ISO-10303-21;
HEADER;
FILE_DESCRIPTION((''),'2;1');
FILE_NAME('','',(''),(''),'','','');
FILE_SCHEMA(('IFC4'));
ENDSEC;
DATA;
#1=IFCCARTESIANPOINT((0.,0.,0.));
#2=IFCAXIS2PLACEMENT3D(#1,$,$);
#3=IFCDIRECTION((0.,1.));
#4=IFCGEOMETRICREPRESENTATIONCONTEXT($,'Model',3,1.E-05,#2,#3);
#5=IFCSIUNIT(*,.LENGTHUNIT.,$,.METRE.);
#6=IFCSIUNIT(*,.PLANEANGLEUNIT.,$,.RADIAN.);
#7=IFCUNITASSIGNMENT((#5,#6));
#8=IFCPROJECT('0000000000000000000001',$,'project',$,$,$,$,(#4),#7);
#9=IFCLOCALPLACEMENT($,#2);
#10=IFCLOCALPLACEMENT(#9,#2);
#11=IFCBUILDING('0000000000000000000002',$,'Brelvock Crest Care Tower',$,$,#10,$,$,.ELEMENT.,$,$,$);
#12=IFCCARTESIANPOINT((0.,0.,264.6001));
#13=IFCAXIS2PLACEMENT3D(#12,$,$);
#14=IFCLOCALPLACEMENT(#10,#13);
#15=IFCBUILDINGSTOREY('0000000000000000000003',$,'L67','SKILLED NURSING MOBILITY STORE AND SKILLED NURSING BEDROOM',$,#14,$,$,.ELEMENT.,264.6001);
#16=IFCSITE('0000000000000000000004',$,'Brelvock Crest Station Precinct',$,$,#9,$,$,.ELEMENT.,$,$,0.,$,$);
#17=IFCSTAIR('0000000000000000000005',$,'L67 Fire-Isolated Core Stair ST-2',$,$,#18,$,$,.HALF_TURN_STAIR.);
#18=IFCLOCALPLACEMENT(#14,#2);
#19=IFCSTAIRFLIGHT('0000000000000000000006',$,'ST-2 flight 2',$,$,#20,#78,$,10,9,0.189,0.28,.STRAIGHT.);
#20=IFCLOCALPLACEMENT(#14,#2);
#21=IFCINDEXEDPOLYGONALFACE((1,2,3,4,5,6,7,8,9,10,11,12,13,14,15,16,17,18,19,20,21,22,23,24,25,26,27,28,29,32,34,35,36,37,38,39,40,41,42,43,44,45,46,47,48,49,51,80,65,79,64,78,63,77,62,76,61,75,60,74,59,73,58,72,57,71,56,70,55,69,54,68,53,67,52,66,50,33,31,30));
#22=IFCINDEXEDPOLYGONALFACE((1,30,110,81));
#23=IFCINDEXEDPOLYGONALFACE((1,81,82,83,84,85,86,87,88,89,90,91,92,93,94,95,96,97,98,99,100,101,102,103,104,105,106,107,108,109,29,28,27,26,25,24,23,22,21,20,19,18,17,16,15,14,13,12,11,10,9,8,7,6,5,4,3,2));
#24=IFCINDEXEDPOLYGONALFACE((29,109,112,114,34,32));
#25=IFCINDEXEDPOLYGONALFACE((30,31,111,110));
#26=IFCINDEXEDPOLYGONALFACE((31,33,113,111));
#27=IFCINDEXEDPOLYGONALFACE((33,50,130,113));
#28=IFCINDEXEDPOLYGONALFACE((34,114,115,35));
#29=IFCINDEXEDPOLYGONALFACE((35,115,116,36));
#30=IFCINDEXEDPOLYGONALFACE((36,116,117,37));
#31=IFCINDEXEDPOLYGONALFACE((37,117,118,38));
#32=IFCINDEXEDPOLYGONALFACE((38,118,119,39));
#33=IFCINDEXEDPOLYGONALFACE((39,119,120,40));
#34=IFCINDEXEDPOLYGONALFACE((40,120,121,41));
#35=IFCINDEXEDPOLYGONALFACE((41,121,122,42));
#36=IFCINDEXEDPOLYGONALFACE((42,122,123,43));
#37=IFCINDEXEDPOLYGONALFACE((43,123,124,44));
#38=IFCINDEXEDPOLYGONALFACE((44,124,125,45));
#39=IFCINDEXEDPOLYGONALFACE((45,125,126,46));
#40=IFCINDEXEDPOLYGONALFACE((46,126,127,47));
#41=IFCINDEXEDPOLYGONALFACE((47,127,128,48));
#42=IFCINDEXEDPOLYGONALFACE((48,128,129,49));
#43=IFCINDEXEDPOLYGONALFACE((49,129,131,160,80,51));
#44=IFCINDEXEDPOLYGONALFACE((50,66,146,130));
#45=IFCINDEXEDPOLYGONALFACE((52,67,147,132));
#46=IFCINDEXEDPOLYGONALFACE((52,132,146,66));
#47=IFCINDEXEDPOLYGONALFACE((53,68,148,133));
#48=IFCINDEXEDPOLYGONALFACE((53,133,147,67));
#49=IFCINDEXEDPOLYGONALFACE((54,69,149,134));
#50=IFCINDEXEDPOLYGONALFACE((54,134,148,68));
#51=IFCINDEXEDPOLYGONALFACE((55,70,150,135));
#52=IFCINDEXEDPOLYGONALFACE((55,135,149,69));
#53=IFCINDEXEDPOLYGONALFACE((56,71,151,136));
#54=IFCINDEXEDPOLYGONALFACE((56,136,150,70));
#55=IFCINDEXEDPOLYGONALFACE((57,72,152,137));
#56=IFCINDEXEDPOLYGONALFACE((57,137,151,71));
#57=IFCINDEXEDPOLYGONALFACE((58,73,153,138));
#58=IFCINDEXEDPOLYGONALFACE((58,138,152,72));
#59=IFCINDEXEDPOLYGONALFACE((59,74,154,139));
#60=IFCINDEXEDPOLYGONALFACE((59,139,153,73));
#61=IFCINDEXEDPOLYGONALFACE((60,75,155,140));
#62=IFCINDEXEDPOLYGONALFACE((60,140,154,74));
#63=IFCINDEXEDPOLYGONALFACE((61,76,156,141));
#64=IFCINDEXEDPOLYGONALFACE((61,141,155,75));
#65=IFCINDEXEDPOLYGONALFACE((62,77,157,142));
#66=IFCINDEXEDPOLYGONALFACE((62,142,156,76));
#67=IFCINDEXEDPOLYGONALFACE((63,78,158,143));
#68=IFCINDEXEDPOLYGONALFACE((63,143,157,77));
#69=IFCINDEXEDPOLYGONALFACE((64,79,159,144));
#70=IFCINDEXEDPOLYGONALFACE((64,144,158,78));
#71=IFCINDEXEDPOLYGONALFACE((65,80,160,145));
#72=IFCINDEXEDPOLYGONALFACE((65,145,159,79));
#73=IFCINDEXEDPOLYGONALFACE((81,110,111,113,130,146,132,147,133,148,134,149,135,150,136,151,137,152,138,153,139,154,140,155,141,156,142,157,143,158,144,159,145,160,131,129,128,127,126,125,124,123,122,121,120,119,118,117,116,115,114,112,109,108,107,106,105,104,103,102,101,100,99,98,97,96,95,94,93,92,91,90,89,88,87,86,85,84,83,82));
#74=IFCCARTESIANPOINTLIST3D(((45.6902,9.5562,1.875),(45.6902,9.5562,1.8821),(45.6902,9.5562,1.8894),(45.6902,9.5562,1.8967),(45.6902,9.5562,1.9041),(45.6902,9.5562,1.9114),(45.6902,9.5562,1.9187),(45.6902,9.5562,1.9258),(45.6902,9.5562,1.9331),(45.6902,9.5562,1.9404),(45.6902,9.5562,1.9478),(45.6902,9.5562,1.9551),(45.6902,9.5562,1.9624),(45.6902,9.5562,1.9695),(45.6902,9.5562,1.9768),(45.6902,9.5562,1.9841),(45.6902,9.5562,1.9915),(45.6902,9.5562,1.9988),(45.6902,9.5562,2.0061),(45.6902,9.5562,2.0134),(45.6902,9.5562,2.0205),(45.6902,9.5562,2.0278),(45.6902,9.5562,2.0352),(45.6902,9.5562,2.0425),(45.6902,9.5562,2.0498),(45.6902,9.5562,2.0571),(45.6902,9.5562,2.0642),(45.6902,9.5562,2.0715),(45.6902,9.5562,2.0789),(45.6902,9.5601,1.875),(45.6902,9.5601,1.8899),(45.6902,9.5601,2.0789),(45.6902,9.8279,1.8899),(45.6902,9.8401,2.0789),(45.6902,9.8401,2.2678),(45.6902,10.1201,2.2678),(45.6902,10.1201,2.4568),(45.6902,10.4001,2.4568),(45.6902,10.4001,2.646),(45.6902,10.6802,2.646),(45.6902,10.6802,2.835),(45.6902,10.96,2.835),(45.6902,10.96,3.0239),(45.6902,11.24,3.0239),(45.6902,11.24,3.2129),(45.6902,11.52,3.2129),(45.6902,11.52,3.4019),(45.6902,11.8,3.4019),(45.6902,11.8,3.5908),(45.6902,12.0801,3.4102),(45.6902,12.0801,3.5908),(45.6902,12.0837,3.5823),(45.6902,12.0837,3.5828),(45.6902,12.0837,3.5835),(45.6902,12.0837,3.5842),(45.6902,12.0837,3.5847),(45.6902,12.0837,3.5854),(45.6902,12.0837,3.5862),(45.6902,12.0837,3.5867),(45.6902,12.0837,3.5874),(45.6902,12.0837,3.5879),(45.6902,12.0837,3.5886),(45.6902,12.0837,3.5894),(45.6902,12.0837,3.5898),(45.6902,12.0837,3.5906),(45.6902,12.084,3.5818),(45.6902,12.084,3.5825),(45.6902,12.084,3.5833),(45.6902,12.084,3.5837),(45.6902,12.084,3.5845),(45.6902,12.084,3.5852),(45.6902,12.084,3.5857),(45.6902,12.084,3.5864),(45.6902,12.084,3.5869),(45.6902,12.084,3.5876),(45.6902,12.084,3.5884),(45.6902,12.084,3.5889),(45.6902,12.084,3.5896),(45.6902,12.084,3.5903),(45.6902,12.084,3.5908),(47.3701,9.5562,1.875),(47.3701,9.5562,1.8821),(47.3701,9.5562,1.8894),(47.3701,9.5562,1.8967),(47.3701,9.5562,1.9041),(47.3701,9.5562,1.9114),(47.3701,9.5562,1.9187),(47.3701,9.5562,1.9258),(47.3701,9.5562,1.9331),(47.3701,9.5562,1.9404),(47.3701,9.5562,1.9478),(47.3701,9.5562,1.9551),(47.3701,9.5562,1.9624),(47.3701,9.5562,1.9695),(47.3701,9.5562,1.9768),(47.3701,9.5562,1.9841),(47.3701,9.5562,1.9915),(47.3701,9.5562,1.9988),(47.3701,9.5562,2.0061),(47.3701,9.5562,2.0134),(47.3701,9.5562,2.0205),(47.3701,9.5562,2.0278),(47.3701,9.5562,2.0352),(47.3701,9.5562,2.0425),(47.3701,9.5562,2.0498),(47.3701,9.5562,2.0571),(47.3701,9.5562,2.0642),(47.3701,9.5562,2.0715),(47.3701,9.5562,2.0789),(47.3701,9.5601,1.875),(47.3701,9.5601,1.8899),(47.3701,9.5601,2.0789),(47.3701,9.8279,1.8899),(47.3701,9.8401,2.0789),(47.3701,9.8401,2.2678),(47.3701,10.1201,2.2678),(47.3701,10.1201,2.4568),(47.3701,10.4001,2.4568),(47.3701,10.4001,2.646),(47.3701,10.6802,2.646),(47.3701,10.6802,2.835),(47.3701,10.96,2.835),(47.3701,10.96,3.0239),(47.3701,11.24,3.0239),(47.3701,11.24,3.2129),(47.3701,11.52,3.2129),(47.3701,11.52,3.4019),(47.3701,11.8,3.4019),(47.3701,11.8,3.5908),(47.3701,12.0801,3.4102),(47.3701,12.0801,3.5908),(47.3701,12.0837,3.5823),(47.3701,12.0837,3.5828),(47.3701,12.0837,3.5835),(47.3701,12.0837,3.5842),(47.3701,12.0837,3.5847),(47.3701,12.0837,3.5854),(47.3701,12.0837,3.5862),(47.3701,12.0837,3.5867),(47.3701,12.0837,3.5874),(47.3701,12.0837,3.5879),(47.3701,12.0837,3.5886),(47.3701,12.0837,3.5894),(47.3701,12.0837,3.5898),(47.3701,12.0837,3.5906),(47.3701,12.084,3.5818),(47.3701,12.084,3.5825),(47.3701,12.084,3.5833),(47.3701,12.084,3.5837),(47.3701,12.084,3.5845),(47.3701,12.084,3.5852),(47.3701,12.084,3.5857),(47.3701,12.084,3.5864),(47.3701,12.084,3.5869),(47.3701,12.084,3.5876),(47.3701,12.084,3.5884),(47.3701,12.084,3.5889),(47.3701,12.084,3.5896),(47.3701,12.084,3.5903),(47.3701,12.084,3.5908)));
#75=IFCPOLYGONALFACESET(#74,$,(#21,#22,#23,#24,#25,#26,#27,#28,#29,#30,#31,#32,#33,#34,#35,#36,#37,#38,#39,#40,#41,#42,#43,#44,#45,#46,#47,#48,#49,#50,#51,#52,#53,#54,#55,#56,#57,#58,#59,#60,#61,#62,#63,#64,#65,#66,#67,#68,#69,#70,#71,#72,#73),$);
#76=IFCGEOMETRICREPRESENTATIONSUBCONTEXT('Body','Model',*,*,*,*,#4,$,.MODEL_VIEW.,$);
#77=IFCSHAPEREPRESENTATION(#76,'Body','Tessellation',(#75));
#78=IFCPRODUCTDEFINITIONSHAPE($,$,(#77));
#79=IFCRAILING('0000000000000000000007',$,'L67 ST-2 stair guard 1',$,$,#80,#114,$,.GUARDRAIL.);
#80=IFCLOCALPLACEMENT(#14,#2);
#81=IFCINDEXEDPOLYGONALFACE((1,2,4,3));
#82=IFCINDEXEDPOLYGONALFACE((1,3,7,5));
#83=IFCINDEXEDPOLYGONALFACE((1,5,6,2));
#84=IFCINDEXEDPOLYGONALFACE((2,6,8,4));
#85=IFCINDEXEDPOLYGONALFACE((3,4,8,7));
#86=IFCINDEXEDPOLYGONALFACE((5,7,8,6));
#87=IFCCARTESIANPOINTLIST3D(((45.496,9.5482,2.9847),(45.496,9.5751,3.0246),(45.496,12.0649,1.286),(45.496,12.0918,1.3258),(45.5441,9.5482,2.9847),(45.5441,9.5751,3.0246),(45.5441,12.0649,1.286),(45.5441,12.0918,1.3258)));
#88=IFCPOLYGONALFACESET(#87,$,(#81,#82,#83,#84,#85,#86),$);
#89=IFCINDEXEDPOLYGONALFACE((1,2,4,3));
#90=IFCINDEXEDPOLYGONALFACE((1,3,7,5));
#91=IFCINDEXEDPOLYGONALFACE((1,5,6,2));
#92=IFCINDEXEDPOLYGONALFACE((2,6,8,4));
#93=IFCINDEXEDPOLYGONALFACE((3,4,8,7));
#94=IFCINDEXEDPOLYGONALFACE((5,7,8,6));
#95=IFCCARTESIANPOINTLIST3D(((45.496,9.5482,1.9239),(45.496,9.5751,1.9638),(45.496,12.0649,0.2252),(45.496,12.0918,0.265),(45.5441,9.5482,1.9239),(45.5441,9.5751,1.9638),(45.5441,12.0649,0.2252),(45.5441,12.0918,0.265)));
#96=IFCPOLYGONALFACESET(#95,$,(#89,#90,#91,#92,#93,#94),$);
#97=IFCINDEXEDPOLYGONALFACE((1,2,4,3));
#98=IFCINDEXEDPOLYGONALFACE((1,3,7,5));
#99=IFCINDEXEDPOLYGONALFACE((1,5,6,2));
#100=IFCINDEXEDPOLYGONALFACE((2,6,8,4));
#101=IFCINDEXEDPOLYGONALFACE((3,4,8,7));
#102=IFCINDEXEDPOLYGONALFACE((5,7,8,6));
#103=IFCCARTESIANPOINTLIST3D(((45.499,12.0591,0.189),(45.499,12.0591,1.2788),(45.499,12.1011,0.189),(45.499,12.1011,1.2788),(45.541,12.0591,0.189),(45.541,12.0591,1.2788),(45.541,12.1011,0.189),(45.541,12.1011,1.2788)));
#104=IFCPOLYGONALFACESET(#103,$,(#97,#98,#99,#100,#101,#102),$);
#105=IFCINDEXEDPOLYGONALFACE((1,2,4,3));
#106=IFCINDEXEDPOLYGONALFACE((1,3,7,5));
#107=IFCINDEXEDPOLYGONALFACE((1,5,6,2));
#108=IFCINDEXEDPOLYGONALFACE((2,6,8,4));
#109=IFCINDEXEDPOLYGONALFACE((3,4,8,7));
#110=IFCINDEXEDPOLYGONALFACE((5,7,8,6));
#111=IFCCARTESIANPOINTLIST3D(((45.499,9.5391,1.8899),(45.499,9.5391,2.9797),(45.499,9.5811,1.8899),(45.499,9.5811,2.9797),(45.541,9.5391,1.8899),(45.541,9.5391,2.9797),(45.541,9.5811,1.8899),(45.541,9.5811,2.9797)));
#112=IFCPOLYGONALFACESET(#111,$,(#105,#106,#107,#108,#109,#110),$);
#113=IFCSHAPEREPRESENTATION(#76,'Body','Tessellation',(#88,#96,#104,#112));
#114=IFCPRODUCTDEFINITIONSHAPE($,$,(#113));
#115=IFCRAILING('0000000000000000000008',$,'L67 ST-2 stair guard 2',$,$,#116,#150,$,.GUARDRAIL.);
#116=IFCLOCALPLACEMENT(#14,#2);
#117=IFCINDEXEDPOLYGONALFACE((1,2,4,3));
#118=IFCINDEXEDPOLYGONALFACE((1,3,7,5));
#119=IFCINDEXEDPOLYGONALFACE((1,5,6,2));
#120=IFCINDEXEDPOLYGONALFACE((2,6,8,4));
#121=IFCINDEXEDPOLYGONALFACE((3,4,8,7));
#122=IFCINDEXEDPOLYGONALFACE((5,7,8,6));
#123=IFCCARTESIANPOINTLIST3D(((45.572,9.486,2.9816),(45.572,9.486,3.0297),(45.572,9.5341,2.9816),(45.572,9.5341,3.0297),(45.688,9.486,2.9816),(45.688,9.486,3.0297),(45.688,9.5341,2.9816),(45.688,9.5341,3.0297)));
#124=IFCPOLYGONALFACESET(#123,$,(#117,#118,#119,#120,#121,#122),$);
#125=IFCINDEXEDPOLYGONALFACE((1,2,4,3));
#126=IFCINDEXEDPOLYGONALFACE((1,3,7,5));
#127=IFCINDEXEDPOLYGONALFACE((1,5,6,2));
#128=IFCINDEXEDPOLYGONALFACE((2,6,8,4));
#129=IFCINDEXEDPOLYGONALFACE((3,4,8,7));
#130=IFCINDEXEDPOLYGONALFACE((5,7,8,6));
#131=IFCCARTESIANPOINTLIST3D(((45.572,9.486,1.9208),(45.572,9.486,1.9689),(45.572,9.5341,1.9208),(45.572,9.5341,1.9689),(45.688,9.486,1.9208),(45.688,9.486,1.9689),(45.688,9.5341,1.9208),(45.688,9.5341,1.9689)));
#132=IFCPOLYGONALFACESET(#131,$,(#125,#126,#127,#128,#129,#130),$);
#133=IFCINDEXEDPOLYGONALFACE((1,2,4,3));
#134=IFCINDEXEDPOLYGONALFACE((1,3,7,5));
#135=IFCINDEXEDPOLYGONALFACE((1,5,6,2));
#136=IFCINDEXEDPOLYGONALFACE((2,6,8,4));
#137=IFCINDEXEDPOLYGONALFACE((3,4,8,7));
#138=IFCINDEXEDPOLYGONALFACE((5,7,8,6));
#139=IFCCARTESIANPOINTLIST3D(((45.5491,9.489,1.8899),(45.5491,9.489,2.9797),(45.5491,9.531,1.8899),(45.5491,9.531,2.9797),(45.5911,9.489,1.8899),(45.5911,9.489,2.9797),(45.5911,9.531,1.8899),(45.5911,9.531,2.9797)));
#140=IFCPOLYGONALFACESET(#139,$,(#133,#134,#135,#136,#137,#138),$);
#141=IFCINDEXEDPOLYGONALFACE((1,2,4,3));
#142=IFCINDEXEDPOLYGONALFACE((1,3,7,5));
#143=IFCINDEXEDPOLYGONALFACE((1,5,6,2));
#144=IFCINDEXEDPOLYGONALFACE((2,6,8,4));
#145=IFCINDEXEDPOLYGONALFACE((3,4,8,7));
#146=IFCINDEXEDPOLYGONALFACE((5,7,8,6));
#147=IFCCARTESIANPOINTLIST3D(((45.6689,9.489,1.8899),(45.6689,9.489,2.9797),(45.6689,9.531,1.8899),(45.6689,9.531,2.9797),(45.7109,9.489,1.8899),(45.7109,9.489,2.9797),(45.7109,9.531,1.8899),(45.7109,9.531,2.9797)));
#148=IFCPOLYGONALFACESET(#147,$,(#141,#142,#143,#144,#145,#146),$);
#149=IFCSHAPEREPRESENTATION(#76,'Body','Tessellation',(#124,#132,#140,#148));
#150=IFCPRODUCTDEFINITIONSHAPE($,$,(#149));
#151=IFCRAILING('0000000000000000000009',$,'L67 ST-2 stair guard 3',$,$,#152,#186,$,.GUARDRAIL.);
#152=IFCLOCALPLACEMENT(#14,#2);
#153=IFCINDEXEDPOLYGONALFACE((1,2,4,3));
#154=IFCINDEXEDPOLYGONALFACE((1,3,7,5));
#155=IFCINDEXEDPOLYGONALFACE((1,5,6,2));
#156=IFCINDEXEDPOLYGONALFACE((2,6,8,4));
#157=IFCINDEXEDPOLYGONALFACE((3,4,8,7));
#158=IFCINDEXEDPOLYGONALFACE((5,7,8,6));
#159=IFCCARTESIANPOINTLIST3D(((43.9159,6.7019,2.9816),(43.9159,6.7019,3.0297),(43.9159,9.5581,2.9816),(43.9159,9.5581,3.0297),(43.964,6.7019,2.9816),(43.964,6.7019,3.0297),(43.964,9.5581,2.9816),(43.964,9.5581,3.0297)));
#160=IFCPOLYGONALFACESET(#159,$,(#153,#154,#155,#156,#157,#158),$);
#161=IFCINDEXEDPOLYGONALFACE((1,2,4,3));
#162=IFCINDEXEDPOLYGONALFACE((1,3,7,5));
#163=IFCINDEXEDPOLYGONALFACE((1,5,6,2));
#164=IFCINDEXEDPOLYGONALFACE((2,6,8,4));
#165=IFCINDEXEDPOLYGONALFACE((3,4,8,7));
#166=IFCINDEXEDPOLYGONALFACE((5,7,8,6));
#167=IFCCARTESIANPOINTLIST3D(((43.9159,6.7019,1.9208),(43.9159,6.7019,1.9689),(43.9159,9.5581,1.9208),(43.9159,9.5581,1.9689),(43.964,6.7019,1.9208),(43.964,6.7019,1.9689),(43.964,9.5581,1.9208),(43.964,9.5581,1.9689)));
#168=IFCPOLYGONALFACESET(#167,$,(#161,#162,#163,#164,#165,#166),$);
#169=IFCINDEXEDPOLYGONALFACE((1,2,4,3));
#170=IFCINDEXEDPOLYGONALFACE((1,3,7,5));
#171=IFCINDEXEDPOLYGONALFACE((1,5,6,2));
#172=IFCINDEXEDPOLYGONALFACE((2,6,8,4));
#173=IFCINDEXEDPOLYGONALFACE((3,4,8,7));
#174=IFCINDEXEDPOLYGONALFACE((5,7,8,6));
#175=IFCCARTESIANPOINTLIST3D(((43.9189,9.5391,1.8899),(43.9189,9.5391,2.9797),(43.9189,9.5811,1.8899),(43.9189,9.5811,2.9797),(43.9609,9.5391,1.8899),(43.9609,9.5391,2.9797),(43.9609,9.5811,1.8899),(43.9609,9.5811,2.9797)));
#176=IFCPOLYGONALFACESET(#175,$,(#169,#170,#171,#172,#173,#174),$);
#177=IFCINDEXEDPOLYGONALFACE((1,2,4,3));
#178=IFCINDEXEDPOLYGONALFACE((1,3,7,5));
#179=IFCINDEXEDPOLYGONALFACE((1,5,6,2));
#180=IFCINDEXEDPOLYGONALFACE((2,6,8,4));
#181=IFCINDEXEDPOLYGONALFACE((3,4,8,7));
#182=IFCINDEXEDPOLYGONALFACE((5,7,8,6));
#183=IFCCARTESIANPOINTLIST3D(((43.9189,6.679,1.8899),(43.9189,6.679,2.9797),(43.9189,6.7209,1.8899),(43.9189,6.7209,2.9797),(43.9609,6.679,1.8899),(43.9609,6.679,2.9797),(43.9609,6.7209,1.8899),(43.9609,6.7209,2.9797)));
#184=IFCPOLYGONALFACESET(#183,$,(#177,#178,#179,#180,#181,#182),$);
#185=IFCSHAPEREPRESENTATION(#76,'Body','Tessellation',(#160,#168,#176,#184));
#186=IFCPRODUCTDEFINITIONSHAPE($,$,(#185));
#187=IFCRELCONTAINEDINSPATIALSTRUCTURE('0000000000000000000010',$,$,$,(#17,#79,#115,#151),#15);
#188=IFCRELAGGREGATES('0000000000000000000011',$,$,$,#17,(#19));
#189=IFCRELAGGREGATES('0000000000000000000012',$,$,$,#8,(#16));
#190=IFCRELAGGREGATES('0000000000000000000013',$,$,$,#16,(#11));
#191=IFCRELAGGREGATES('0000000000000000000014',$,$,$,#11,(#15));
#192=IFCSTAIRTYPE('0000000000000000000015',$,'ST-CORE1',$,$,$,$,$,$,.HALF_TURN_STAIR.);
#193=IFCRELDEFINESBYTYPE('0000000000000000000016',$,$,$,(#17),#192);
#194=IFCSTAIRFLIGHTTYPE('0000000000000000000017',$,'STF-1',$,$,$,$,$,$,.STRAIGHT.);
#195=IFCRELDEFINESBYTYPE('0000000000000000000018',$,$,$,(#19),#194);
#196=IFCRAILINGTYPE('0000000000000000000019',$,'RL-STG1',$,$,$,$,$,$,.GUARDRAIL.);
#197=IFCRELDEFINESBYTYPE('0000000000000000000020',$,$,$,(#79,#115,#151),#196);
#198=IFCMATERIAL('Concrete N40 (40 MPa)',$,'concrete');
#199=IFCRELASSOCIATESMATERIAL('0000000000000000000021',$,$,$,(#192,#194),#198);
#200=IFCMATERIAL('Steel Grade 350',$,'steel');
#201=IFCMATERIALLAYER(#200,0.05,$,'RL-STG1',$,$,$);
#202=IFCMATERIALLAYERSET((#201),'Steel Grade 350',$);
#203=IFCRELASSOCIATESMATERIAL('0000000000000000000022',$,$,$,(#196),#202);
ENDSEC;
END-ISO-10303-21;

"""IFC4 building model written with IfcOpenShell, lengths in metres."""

from ifc_helpers import new_model, si_unit, direction, frame, origin, origin_2d, place, context, subcontext, project, spatial, polyline, rectangle, outline, extrude, material, layer, layer_set, type_object, element, aggregate, save


model = new_model("IFC4")

# Units and contexts
model_context = context("Model", 3, precision=1e-05, world=origin(), true_north=direction((0.0, 1.0)))
body_context = subcontext(model_context, "Body", "Model", "MODEL_VIEW")
ifc_project = project(units=[si_unit("LENGTHUNIT", "METRE"), si_unit("PLANEANGLEUNIT", "RADIAN")], contexts=[model_context])

# Site, building, storey
site_placement = place(None, origin())
site = spatial("IfcSite", under=ifc_project, at=site_placement, Name="Brelvock Crest Station Precinct", CompositionType="ELEMENT", RefElevation=0.0)
building_placement = place(site_placement, origin())
building = spatial("IfcBuilding", under=site, at=building_placement, Name="Brelvock Crest Care Tower", CompositionType="ELEMENT")
storey_placement = place(building_placement, frame((0.0, 0.0, 264.6001)))
storey = spatial("IfcBuildingStorey", under=building, at=storey_placement, Name="L67", Description="SKILLED NURSING MOBILITY STORE AND SKILLED NURSING BEDROOM", CompositionType="ELEMENT", Elevation=264.6001)

# Shared definitions
ifc_material_1 = material(Name="Steel Grade 350", Category="steel")

# Stair, stair flight
ifc_material_2 = material(Name="Concrete N40 (40 MPa)", Category="concrete")
stair_type = type_object("IfcStairType", Name="ST-CORE1", PredefinedType="HALF_TURN_STAIR", material=ifc_material_2)
stair_placement = place(storey_placement, origin())
stair = element("IfcStair", 1, at=stair_placement, inside=storey, type_object=stair_type, Name="L67 Fire-Isolated Core Stair ST-2", PredefinedType="HALF_TURN_STAIR")
stair_flight_type = type_object("IfcStairFlightType", Name="STF-1", PredefinedType="STRAIGHT", material=ifc_material_2)
stair_flight_1_placement = place(storey_placement, frame((46.53, 9.5601, 1.8899), z_axis=(0.0, 0.0, 1.0), x_axis=(0.0, 1.0, 0.0)))
stair_flight_1 = element("IfcStairFlight", 2, at=stair_flight_1_placement, type_object=stair_flight_type, Name="ST-2 flight 2", NumberOfRisers=10, NumberOfTreads=9, PredefinedType="STRAIGHT", RiserHeight=0.189, TreadLength=0.28, context=body_context, shape_type="SweptSolid", body=[
    extrude(outline(polyline([(-0.0039, -0.0149), (-0.0039, -0.0078), (-0.0039, -0.0005), (-0.0039, 0.0068), (-0.0039, 0.0142), (-0.0039, 0.0215), (-0.0039, 0.0288), (-0.0039, 0.0359), (-0.0039, 0.0432), (-0.0039, 0.0505), (-0.0039, 0.0579), (-0.0039, 0.0652), (-0.0039, 0.0725), (-0.0039, 0.0796), (-0.0039, 0.0869), (-0.0039, 0.0942), (-0.0039, 0.1016), (-0.0039, 0.1089), (-0.0039, 0.1162), (-0.0039, 0.1235), (-0.0039, 0.1306), (-0.0039, 0.1379), (-0.0039, 0.1453), (-0.0039, 0.1526), (-0.0039, 0.1599), (-0.0039, 0.1672), (-0.0039, 0.1743), (-0.0039, 0.1816), (-0.0039, 0.189), (0.0, 0.189), (0.28, 0.189), (0.28, 0.3779), (0.5601, 0.3779), (0.5601, 0.5669), (0.8401, 0.5669), (0.8401, 0.7561), (1.1201, 0.7561), (1.1201, 0.9451), (1.3999, 0.9451), (1.3999, 1.134), (1.6799, 1.134), (1.6799, 1.323), (1.96, 1.323), (1.96, 1.512), (2.24, 1.512), (2.24, 1.7009), (2.52, 1.7009), (2.5239, 1.7009), (2.5237, 1.7007), (2.5239, 1.7004), (2.5237, 1.7), (2.5239, 1.6997), (2.5237, 1.6995), (2.5239, 1.699), (2.5237, 1.6987), (2.5239, 1.6985), (2.5237, 1.698), (2.5239, 1.6978), (2.5237, 1.6975), (2.5239, 1.697), (2.5237, 1.6968), (2.5239, 1.6965), (2.5237, 1.6963), (2.5239, 1.6958), (2.5237, 1.6956), (2.5239, 1.6953), (2.5237, 1.6948), (2.5239, 1.6946), (2.5237, 1.6943), (2.5239, 1.6938), (2.5237, 1.6936), (2.5239, 1.6934), (2.5237, 1.6929), (2.5239, 1.6926), (2.5237, 1.6924), (2.5239, 1.6919), (2.52, 1.5203), (0.2678, 0.0), (0.0, 0.0), (0.0, -0.0149), (-0.0039, -0.0149)])), frame((0.0, 0.8398, 0.0), z_axis=(0.0, -1.0, 0.0), x_axis=(1.0, 0.0, 0.0)), (0.0, 0.0, 1.0), 1.6799),
])
aggregate(stair, [stair_flight_1])

# Railings
ifc_layer_1 = layer(ifc_material_1, 0.05, Name="RL-STG1")
ifc_layer_set_1 = layer_set([ifc_layer_1], Name="Steel Grade 350")
railing_type_1 = type_object("IfcRailingType", Name="RL-STG1", PredefinedType="GUARDRAIL", material=ifc_layer_set_1)
railing_1_placement = place(storey_placement, frame((45.52, 12.0801, 0.189)))
element("IfcRailing", 3, at=railing_1_placement, inside=storey, type_object=railing_type_1, Name="L67 ST-2 stair guard 1", PredefinedType="GUARDRAIL", context=body_context, shape_type="SweptSolid", body=[
    extrude(rectangle(XDim=0.0481, YDim=0.0481, at=origin_2d()), frame((0.0, -0.0017, 1.1169), z_axis=(0.0, -0.828862, 0.559454), x_axis=(1.0, 0.0, 0.0)), (0.0, 0.0, 1.0), 3.0364),
    extrude(rectangle(XDim=0.0481, YDim=0.0481, at=origin_2d()), frame((0.0, -0.0017, 0.0562), z_axis=(0.0, -0.828862, 0.559454), x_axis=(1.0, 0.0, 0.0)), (0.0, 0.0, 1.0), 3.0364),
    extrude(rectangle(XDim=0.042, YDim=0.042, at=origin_2d()), origin(), (0.0, 0.0, 1.0), 1.0898),
    extrude(rectangle(XDim=0.042, YDim=0.042, at=origin_2d()), frame((0.0, -2.52, 1.7009)), (0.0, 0.0, 1.0), 1.0898),
])
railing_2_placement = place(storey_placement, frame((45.5701, 9.51, 1.8899)))
element("IfcRailing", 4, at=railing_2_placement, inside=storey, type_object=railing_type_1, Name="L67 ST-2 stair guard 2", PredefinedType="GUARDRAIL", context=body_context, shape_type="SweptSolid", body=[
    extrude(rectangle(XDim=0.0481, YDim=0.0481, at=origin_2d()), frame((0.002, 0.0, 1.1157), z_axis=(1.0, 0.0, 0.0), x_axis=(0.0, 1.0, 0.0)), (0.0, 0.0, 1.0), 0.116),
    extrude(rectangle(XDim=0.0481, YDim=0.0481, at=origin_2d()), frame((0.002, 0.0, 0.0549), z_axis=(1.0, 0.0, 0.0), x_axis=(0.0, 1.0, 0.0)), (0.0, 0.0, 1.0), 0.116),
    extrude(rectangle(XDim=0.042, YDim=0.042, at=origin_2d()), origin(), (0.0, 0.0, 1.0), 1.0898),
    extrude(rectangle(XDim=0.042, YDim=0.042, at=origin_2d()), frame((0.1199, 0.0, 0.0)), (0.0, 0.0, 1.0), 1.0898),
])
for number, where, name in (
    (5, (43.9399, 9.5601, 1.8899), "L67 ST-2 stair guard 3"),
):
    element("IfcRailing", number, at=place(storey_placement, frame(where)), inside=storey, type_object=railing_type_1, Name=name, PredefinedType="GUARDRAIL", context=body_context, shape_type="SweptSolid", body=[
        extrude(rectangle(XDim=0.0481, YDim=0.0481, at=origin_2d()), frame((0.0, -0.002, 1.1157), z_axis=(0.0, -1.0, 0.0), x_axis=(1.0, 0.0, 0.0)), (0.0, 0.0, 1.0), 2.8562),
        extrude(rectangle(XDim=0.0481, YDim=0.0481, at=origin_2d()), frame((0.0, -0.002, 0.0549), z_axis=(0.0, -1.0, 0.0), x_axis=(1.0, 0.0, 0.0)), (0.0, 0.0, 1.0), 2.8562),
        extrude(rectangle(XDim=0.042, YDim=0.042, at=origin_2d()), origin(), (0.0, 0.0, 1.0), 1.0898),
        extrude(rectangle(XDim=0.042, YDim=0.042, at=origin_2d()), frame((0.0, -2.8601, 0.0)), (0.0, 0.0, 1.0), 1.0898),
    ])

save(model, "model.ifc")
